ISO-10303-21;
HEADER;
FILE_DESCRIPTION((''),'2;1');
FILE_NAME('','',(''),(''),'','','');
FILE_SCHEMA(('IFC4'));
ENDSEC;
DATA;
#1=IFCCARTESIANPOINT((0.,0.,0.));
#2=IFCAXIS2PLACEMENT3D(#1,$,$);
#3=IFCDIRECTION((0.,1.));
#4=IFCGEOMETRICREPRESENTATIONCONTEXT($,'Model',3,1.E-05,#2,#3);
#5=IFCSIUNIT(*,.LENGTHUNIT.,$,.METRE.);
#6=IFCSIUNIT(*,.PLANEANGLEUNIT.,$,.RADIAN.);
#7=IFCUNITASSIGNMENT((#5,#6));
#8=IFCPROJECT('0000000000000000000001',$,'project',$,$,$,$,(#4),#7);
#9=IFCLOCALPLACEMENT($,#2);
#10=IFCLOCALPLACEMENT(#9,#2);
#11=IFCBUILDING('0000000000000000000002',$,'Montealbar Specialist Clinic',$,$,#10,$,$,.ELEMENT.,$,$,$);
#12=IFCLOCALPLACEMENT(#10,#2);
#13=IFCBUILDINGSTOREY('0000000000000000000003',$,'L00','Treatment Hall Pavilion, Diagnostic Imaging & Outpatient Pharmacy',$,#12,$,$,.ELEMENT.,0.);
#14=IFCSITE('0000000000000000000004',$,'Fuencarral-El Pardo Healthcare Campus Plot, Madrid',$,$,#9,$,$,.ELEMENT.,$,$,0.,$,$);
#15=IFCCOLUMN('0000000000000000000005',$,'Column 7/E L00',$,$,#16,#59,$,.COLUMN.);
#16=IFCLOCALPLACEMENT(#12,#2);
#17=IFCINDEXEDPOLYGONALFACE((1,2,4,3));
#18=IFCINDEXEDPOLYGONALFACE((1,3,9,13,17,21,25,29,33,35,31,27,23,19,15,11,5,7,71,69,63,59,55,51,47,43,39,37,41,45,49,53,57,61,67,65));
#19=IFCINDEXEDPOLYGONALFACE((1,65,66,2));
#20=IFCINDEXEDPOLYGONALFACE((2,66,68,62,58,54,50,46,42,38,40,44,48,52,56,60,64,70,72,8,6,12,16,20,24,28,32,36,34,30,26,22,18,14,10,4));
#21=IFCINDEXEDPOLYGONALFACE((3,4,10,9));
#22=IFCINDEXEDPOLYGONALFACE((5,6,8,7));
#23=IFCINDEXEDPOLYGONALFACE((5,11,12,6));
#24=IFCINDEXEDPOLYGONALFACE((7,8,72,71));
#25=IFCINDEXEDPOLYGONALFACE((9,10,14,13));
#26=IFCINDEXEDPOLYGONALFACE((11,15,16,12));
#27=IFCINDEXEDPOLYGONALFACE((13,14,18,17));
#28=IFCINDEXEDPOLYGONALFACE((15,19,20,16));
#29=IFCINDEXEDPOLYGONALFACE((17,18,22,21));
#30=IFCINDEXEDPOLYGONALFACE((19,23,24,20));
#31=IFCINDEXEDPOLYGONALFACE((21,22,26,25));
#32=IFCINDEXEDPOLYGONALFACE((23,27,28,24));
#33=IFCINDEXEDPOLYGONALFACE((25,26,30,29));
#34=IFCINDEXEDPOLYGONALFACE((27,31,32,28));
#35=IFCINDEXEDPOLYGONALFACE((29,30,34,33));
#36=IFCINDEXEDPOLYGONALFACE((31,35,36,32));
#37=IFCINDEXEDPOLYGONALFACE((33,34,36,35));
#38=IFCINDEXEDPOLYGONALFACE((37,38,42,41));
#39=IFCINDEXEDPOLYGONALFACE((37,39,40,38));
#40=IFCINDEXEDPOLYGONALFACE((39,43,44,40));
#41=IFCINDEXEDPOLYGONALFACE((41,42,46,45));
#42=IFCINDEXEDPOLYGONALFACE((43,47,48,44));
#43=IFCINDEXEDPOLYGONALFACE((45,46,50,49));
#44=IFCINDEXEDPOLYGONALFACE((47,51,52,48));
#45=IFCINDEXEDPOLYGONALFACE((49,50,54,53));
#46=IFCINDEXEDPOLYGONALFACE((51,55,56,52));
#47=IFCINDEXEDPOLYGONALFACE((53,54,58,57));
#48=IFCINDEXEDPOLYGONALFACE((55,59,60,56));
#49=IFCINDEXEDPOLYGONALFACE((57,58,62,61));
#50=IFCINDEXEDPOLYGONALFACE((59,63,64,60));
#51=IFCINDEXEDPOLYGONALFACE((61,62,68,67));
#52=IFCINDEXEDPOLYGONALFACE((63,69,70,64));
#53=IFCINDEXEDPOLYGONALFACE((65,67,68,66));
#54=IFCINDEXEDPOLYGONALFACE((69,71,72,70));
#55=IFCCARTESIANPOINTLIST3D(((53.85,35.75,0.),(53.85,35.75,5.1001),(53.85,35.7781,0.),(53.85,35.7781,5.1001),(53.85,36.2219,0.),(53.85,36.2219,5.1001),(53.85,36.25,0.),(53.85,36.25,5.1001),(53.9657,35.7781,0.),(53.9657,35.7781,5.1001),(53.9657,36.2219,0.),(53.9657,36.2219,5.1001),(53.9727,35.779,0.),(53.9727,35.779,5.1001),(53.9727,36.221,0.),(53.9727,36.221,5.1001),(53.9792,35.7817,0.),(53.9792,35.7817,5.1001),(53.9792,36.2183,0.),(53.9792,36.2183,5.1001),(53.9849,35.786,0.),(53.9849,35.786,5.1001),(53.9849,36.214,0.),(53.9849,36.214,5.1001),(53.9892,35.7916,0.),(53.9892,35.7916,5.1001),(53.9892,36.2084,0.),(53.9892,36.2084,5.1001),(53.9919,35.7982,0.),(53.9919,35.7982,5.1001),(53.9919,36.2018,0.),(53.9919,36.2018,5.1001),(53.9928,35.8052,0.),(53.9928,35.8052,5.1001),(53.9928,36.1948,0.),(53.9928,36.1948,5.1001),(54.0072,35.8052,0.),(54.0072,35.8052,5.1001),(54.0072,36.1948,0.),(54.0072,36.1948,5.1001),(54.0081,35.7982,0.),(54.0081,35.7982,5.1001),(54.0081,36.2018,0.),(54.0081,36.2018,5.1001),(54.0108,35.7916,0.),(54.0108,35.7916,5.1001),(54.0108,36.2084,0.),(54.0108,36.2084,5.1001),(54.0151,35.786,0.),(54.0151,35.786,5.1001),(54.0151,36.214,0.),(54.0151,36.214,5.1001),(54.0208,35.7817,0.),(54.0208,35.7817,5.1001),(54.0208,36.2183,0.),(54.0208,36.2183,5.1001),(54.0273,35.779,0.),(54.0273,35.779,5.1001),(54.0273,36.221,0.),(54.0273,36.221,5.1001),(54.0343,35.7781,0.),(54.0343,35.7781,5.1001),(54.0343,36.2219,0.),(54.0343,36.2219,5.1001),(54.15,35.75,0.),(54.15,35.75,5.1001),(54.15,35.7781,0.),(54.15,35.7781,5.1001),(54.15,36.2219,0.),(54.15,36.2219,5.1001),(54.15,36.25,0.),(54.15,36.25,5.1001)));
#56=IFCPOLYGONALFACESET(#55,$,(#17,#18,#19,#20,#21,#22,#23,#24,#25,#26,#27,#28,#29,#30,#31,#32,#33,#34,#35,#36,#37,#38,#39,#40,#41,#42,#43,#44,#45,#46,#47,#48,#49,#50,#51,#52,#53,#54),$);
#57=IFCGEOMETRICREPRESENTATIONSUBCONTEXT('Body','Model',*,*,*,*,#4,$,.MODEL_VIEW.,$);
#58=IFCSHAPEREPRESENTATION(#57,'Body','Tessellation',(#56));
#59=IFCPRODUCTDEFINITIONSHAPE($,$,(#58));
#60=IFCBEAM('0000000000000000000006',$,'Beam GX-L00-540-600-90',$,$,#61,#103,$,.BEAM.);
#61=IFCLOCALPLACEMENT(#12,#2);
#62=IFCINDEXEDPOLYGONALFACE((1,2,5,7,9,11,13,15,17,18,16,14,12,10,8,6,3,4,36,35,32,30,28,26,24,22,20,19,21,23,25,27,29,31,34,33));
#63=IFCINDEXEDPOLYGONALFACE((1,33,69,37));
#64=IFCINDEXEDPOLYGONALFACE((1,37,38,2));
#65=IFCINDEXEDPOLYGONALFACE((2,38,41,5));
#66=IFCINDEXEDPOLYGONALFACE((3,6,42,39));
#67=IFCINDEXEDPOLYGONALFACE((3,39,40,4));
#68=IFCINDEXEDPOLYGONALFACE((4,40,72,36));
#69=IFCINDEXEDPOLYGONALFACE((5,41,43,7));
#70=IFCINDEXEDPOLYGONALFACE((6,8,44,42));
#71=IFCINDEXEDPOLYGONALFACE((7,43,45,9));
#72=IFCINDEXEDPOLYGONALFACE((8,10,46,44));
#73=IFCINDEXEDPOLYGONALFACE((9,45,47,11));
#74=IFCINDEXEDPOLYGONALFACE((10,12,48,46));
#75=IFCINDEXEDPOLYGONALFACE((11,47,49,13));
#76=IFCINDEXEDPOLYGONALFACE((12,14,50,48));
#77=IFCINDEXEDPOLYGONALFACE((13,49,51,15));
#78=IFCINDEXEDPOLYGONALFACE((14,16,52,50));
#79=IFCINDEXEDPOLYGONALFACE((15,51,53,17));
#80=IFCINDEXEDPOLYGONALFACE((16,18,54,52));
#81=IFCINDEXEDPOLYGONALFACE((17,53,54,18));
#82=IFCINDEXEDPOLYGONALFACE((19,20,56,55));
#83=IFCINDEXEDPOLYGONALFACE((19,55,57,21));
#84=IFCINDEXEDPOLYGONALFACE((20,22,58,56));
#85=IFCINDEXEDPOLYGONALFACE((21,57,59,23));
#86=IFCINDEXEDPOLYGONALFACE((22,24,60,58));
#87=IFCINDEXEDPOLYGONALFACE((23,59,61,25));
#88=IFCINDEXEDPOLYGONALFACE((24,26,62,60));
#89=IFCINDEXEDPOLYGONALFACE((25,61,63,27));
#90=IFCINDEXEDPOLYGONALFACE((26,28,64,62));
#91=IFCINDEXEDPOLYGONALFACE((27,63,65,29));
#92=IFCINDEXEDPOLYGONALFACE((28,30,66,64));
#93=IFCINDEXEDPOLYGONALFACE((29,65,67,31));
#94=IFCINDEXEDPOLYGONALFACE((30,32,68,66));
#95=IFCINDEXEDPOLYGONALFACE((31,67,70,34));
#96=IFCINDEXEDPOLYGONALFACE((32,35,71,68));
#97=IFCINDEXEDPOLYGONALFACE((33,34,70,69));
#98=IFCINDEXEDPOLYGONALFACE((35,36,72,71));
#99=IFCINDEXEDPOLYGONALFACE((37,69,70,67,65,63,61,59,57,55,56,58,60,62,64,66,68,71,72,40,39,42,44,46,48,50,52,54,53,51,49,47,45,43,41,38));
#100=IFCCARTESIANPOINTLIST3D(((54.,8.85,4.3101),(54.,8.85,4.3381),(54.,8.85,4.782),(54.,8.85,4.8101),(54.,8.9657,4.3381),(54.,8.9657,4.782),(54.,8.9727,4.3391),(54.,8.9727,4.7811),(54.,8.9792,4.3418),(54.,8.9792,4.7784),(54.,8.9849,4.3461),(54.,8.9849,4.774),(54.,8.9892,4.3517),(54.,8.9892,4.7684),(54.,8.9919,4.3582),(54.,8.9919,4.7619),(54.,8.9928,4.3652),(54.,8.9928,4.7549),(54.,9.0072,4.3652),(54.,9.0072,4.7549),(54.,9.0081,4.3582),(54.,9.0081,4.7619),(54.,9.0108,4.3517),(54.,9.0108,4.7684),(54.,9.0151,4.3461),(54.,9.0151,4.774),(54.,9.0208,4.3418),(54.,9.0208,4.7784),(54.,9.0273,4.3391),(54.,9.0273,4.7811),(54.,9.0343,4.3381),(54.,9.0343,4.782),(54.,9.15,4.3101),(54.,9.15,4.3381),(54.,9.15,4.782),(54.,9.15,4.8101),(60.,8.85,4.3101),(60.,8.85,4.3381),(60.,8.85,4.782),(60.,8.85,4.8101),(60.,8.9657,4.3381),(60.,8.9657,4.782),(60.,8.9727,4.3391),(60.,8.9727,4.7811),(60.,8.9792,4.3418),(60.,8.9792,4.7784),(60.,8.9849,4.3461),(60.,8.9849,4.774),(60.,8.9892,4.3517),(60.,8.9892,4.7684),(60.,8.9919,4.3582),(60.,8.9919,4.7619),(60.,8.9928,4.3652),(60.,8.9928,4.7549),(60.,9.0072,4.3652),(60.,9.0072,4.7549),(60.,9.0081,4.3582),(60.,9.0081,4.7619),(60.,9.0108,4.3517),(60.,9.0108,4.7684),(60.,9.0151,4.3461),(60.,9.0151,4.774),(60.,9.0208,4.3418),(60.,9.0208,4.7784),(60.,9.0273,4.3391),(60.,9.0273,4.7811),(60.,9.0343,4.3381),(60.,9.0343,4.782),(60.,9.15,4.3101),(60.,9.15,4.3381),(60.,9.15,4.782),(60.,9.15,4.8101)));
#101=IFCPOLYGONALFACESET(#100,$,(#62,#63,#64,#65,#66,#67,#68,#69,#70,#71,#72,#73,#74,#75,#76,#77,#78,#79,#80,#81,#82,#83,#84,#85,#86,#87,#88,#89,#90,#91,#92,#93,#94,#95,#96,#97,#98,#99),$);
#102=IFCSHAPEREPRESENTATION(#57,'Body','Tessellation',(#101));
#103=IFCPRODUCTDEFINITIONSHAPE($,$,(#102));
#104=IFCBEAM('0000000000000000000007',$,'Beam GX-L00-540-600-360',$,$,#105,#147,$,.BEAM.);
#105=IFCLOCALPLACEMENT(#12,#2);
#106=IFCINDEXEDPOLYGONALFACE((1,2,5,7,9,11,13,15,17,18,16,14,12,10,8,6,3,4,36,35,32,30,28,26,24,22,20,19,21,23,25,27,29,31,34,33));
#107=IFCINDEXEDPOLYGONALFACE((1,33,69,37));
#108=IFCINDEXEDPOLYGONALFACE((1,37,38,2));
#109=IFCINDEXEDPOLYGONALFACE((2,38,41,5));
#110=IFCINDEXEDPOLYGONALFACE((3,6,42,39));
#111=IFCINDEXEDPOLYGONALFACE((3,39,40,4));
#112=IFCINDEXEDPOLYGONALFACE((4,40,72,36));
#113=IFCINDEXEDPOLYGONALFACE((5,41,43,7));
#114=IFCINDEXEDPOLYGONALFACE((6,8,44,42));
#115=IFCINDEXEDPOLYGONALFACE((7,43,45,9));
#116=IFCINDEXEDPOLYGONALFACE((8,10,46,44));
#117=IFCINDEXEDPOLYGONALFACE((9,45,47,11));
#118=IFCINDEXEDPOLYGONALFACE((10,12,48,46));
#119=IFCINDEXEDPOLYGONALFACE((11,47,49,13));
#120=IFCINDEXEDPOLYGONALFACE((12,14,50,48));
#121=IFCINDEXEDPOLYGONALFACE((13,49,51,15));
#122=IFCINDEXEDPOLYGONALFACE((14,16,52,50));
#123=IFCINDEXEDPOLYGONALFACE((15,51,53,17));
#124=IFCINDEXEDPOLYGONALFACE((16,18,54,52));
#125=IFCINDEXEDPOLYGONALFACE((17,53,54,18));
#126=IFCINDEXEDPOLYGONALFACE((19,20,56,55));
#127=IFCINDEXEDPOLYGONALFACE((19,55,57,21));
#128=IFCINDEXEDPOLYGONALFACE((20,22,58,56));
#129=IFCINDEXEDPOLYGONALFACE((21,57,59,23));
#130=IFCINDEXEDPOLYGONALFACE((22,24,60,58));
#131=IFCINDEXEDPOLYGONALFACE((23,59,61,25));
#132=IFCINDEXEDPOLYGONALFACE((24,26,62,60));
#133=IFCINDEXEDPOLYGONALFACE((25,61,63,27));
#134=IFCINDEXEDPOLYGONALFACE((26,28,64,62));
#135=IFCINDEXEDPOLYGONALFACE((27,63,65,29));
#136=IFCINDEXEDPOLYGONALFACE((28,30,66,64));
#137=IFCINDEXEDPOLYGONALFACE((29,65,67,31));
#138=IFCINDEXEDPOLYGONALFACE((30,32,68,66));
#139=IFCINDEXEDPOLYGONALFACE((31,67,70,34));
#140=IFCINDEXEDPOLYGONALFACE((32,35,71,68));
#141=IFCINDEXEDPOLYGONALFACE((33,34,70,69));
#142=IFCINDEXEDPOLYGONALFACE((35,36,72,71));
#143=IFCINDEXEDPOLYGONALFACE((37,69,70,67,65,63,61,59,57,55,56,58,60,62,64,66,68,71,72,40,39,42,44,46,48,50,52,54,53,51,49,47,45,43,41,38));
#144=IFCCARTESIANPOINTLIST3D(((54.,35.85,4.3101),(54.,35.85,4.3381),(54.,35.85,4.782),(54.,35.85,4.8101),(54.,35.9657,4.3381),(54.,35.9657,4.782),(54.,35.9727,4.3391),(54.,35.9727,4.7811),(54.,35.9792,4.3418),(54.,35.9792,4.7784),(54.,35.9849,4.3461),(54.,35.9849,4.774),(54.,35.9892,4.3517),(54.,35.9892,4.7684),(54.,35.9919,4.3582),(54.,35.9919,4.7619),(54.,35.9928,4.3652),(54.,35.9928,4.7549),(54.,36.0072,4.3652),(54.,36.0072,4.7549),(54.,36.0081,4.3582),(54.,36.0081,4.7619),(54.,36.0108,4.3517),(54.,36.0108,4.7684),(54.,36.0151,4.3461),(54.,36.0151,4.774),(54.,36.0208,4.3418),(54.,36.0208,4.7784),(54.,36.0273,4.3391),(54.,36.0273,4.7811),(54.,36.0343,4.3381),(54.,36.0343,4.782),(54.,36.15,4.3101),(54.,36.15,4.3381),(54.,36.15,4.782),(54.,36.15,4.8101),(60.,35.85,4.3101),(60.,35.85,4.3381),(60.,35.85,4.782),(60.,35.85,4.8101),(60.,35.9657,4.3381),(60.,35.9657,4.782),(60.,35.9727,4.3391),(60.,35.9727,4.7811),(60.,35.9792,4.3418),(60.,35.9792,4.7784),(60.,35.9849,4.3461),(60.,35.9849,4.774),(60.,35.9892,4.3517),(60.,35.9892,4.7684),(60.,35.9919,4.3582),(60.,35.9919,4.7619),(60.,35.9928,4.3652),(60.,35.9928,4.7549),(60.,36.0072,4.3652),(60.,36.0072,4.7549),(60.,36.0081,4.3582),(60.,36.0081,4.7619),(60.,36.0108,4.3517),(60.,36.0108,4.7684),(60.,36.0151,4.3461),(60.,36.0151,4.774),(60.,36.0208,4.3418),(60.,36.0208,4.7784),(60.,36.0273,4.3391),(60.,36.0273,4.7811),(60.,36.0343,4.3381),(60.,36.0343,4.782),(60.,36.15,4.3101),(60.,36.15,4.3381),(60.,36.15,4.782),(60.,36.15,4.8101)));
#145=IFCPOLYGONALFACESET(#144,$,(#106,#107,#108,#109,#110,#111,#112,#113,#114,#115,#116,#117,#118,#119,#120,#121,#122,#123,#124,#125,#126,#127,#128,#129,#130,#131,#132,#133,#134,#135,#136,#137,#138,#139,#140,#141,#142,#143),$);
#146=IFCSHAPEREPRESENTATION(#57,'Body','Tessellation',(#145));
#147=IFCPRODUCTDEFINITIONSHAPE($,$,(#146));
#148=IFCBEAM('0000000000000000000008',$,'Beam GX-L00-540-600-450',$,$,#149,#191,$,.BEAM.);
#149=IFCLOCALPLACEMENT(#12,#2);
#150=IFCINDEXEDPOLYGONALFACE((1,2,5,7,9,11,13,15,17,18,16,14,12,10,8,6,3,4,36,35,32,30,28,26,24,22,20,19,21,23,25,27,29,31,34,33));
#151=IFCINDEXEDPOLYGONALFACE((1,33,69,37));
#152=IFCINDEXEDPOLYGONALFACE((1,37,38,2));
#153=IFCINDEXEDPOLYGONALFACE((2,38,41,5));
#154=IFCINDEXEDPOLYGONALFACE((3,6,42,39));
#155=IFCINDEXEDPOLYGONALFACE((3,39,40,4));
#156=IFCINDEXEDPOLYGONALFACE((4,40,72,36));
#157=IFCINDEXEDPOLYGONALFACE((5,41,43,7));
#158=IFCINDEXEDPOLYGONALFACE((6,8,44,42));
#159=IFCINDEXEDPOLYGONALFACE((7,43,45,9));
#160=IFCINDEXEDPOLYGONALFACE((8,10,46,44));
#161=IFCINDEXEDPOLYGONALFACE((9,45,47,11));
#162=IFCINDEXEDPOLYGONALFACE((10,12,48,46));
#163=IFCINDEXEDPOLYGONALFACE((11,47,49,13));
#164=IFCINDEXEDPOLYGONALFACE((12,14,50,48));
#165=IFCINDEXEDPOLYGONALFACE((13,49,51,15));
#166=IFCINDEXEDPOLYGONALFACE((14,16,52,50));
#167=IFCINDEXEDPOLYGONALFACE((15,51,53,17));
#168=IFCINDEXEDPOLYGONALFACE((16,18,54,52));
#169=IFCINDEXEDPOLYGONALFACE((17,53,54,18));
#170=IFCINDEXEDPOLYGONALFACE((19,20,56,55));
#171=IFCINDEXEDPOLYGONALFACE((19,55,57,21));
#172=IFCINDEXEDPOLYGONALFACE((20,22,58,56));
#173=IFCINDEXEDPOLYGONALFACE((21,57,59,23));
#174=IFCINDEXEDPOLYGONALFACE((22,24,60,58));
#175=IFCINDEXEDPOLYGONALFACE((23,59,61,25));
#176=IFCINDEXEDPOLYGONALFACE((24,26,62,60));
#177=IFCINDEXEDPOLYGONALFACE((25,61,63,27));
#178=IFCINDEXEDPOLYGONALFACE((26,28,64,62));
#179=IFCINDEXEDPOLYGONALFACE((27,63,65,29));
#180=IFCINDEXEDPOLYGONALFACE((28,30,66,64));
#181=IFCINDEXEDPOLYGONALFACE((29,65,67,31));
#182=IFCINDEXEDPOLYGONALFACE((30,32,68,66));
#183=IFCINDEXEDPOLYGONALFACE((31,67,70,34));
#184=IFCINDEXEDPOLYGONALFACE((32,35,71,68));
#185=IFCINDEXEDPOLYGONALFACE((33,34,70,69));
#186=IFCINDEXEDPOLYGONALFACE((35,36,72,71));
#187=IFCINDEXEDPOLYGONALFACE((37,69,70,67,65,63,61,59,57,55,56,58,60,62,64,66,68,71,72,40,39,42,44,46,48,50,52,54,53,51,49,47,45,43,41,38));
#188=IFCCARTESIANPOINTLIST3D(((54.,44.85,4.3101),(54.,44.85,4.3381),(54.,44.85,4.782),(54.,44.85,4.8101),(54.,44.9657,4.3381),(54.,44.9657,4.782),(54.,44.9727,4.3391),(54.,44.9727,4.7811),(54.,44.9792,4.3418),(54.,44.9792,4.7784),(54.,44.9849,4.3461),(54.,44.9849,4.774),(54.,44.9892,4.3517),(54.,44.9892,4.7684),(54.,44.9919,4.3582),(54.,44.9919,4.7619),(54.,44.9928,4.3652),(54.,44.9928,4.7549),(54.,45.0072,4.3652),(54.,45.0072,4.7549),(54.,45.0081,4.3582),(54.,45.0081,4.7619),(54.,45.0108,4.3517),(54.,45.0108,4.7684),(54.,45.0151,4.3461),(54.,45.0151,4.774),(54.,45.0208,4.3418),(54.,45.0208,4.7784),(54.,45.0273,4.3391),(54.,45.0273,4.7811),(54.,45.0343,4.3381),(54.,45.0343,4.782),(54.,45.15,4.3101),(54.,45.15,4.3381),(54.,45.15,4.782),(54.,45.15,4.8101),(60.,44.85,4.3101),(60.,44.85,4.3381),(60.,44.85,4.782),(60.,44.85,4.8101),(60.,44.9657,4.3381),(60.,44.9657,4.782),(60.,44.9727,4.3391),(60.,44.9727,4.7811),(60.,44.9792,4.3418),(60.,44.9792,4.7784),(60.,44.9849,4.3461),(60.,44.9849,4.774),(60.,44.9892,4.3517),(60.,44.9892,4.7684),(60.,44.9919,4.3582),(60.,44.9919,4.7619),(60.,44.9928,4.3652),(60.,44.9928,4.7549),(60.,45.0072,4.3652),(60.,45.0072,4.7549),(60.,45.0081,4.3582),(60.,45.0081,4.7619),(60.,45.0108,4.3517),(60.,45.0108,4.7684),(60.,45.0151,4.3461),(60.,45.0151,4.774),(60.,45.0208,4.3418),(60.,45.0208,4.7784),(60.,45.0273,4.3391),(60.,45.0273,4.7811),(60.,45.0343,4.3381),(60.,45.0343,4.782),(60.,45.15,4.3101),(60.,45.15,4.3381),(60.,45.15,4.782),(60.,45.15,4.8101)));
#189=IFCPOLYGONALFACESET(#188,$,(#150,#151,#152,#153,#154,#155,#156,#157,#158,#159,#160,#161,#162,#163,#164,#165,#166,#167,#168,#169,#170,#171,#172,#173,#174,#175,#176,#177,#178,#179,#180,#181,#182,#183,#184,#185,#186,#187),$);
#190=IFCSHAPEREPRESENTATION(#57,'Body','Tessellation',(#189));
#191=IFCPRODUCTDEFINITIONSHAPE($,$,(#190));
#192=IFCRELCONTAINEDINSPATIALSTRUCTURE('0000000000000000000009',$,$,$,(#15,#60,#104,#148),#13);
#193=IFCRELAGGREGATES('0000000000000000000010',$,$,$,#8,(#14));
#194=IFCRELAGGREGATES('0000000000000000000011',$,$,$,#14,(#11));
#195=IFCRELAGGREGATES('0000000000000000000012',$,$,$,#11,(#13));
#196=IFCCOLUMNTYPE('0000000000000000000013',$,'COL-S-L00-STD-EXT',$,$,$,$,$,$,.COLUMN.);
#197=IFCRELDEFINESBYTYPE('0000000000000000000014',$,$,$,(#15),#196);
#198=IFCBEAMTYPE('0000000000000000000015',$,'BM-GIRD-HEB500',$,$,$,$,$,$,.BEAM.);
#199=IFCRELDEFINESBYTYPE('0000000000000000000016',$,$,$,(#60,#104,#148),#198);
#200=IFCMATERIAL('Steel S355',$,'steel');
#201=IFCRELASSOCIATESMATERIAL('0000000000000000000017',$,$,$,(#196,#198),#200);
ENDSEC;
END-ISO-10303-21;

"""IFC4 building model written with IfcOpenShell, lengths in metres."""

from ifc_helpers import new_model, si_unit, direction, frame, origin, origin_2d, place, context, subcontext, project, spatial, i_section, extrude, material, material_profile, profile_set, type_object, element, save


model = new_model("IFC4")

# Units and contexts
model_context = context("Model", 3, precision=1e-05, world=origin(), true_north=direction((0.0, 1.0)))
body_context = subcontext(model_context, "Body", "Model", "MODEL_VIEW")
ifc_project = project(units=[si_unit("LENGTHUNIT", "METRE"), si_unit("PLANEANGLEUNIT", "RADIAN")], contexts=[model_context])

# Site, building, storey
site_placement = place(None, origin())
site = spatial("IfcSite", under=ifc_project, at=site_placement, Name="Fuencarral-El Pardo Healthcare Campus Plot, Madrid", CompositionType="ELEMENT", RefElevation=0.0)
building_placement = place(site_placement, origin())
building = spatial("IfcBuilding", under=site, at=building_placement, Name="Montealbar Specialist Clinic", CompositionType="ELEMENT")
storey_placement = place(building_placement, origin())
storey = spatial("IfcBuildingStorey", under=building, at=storey_placement, Name="L00", Description="Treatment Hall Pavilion, Diagnostic Imaging & Outpatient Pharmacy", CompositionType="ELEMENT", Elevation=0.0)

# Column
ifc_material_1 = material(Name="Steel S355", Category="steel")
ifc_material_profile_1 = material_profile(ifc_material_1, i_section(OverallWidth=0.3, OverallDepth=0.5, WebThickness=0.0144, FlangeThickness=0.0281, FilletRadius=0.0271, at=origin_2d()), Name="HEB 500", Category="steel")
ifc_profile_set_1 = profile_set([ifc_material_profile_1], Name="Steel S355")
column_type_1 = type_object("IfcColumnType", Name="COL-S-L00-STD-EXT", PredefinedType="COLUMN", material=ifc_profile_set_1)
for number, where, z_axis, x_axis, name in (
    (1, (54.0, 36.0, 0.0), (0.0, 0.0, 1.0), (1.0, 0.0, 0.0), "Column 7/E L00"),
):
    element("IfcColumn", number, at=place(storey_placement, frame(where, z_axis=z_axis, x_axis=x_axis)), inside=storey, type_object=column_type_1, Name=name, PredefinedType="COLUMN", context=body_context, shape_type="SweptSolid", body=[
        extrude(i_section(OverallWidth=0.3, OverallDepth=0.5, WebThickness=0.0144, FlangeThickness=0.0281, FilletRadius=0.0271, at=origin_2d()), origin(), (0.0, 0.0, 1.0), 5.1001),
    ])

# Beams
ifc_material_profile_2 = material_profile(ifc_material_1, i_section(OverallWidth=0.3, OverallDepth=0.5, WebThickness=0.0144, FlangeThickness=0.0281, FilletRadius=0.0271, at=origin_2d()), Name="HEB 500", Category="steel")
ifc_profile_set_2 = profile_set([ifc_material_profile_2], Name="Steel S355")
beam_type_1 = type_object("IfcBeamType", Name="BM-GIRD-HEB500", PredefinedType="BEAM", material=ifc_profile_set_2)
for number, where, z_axis, x_axis, name in (
    (2, (54.0, 9.0, 4.5601), (1.0, 0.0, 0.0), (0.0, 1.0, 0.0), "Beam GX-L00-540-600-90"),
    (3, (54.0, 36.0, 4.5601), (1.0, 0.0, 0.0), (0.0, 1.0, 0.0), "Beam GX-L00-540-600-360"),
    (4, (54.0, 45.0, 4.5601), (1.0, 0.0, 0.0), (0.0, 1.0, 0.0), "Beam GX-L00-540-600-450"),
):
    element("IfcBeam", number, at=place(storey_placement, frame(where, z_axis=z_axis, x_axis=x_axis)), inside=storey, type_object=beam_type_1, Name=name, PredefinedType="BEAM", context=body_context, shape_type="SweptSolid", body=[
        extrude(i_section(OverallWidth=0.3, OverallDepth=0.5, WebThickness=0.0144, FlangeThickness=0.0281, FilletRadius=0.0271, at=origin_2d()), origin(), (0.0, 0.0, 1.0), 6.0),
    ])

save(model, "model.ifc")
